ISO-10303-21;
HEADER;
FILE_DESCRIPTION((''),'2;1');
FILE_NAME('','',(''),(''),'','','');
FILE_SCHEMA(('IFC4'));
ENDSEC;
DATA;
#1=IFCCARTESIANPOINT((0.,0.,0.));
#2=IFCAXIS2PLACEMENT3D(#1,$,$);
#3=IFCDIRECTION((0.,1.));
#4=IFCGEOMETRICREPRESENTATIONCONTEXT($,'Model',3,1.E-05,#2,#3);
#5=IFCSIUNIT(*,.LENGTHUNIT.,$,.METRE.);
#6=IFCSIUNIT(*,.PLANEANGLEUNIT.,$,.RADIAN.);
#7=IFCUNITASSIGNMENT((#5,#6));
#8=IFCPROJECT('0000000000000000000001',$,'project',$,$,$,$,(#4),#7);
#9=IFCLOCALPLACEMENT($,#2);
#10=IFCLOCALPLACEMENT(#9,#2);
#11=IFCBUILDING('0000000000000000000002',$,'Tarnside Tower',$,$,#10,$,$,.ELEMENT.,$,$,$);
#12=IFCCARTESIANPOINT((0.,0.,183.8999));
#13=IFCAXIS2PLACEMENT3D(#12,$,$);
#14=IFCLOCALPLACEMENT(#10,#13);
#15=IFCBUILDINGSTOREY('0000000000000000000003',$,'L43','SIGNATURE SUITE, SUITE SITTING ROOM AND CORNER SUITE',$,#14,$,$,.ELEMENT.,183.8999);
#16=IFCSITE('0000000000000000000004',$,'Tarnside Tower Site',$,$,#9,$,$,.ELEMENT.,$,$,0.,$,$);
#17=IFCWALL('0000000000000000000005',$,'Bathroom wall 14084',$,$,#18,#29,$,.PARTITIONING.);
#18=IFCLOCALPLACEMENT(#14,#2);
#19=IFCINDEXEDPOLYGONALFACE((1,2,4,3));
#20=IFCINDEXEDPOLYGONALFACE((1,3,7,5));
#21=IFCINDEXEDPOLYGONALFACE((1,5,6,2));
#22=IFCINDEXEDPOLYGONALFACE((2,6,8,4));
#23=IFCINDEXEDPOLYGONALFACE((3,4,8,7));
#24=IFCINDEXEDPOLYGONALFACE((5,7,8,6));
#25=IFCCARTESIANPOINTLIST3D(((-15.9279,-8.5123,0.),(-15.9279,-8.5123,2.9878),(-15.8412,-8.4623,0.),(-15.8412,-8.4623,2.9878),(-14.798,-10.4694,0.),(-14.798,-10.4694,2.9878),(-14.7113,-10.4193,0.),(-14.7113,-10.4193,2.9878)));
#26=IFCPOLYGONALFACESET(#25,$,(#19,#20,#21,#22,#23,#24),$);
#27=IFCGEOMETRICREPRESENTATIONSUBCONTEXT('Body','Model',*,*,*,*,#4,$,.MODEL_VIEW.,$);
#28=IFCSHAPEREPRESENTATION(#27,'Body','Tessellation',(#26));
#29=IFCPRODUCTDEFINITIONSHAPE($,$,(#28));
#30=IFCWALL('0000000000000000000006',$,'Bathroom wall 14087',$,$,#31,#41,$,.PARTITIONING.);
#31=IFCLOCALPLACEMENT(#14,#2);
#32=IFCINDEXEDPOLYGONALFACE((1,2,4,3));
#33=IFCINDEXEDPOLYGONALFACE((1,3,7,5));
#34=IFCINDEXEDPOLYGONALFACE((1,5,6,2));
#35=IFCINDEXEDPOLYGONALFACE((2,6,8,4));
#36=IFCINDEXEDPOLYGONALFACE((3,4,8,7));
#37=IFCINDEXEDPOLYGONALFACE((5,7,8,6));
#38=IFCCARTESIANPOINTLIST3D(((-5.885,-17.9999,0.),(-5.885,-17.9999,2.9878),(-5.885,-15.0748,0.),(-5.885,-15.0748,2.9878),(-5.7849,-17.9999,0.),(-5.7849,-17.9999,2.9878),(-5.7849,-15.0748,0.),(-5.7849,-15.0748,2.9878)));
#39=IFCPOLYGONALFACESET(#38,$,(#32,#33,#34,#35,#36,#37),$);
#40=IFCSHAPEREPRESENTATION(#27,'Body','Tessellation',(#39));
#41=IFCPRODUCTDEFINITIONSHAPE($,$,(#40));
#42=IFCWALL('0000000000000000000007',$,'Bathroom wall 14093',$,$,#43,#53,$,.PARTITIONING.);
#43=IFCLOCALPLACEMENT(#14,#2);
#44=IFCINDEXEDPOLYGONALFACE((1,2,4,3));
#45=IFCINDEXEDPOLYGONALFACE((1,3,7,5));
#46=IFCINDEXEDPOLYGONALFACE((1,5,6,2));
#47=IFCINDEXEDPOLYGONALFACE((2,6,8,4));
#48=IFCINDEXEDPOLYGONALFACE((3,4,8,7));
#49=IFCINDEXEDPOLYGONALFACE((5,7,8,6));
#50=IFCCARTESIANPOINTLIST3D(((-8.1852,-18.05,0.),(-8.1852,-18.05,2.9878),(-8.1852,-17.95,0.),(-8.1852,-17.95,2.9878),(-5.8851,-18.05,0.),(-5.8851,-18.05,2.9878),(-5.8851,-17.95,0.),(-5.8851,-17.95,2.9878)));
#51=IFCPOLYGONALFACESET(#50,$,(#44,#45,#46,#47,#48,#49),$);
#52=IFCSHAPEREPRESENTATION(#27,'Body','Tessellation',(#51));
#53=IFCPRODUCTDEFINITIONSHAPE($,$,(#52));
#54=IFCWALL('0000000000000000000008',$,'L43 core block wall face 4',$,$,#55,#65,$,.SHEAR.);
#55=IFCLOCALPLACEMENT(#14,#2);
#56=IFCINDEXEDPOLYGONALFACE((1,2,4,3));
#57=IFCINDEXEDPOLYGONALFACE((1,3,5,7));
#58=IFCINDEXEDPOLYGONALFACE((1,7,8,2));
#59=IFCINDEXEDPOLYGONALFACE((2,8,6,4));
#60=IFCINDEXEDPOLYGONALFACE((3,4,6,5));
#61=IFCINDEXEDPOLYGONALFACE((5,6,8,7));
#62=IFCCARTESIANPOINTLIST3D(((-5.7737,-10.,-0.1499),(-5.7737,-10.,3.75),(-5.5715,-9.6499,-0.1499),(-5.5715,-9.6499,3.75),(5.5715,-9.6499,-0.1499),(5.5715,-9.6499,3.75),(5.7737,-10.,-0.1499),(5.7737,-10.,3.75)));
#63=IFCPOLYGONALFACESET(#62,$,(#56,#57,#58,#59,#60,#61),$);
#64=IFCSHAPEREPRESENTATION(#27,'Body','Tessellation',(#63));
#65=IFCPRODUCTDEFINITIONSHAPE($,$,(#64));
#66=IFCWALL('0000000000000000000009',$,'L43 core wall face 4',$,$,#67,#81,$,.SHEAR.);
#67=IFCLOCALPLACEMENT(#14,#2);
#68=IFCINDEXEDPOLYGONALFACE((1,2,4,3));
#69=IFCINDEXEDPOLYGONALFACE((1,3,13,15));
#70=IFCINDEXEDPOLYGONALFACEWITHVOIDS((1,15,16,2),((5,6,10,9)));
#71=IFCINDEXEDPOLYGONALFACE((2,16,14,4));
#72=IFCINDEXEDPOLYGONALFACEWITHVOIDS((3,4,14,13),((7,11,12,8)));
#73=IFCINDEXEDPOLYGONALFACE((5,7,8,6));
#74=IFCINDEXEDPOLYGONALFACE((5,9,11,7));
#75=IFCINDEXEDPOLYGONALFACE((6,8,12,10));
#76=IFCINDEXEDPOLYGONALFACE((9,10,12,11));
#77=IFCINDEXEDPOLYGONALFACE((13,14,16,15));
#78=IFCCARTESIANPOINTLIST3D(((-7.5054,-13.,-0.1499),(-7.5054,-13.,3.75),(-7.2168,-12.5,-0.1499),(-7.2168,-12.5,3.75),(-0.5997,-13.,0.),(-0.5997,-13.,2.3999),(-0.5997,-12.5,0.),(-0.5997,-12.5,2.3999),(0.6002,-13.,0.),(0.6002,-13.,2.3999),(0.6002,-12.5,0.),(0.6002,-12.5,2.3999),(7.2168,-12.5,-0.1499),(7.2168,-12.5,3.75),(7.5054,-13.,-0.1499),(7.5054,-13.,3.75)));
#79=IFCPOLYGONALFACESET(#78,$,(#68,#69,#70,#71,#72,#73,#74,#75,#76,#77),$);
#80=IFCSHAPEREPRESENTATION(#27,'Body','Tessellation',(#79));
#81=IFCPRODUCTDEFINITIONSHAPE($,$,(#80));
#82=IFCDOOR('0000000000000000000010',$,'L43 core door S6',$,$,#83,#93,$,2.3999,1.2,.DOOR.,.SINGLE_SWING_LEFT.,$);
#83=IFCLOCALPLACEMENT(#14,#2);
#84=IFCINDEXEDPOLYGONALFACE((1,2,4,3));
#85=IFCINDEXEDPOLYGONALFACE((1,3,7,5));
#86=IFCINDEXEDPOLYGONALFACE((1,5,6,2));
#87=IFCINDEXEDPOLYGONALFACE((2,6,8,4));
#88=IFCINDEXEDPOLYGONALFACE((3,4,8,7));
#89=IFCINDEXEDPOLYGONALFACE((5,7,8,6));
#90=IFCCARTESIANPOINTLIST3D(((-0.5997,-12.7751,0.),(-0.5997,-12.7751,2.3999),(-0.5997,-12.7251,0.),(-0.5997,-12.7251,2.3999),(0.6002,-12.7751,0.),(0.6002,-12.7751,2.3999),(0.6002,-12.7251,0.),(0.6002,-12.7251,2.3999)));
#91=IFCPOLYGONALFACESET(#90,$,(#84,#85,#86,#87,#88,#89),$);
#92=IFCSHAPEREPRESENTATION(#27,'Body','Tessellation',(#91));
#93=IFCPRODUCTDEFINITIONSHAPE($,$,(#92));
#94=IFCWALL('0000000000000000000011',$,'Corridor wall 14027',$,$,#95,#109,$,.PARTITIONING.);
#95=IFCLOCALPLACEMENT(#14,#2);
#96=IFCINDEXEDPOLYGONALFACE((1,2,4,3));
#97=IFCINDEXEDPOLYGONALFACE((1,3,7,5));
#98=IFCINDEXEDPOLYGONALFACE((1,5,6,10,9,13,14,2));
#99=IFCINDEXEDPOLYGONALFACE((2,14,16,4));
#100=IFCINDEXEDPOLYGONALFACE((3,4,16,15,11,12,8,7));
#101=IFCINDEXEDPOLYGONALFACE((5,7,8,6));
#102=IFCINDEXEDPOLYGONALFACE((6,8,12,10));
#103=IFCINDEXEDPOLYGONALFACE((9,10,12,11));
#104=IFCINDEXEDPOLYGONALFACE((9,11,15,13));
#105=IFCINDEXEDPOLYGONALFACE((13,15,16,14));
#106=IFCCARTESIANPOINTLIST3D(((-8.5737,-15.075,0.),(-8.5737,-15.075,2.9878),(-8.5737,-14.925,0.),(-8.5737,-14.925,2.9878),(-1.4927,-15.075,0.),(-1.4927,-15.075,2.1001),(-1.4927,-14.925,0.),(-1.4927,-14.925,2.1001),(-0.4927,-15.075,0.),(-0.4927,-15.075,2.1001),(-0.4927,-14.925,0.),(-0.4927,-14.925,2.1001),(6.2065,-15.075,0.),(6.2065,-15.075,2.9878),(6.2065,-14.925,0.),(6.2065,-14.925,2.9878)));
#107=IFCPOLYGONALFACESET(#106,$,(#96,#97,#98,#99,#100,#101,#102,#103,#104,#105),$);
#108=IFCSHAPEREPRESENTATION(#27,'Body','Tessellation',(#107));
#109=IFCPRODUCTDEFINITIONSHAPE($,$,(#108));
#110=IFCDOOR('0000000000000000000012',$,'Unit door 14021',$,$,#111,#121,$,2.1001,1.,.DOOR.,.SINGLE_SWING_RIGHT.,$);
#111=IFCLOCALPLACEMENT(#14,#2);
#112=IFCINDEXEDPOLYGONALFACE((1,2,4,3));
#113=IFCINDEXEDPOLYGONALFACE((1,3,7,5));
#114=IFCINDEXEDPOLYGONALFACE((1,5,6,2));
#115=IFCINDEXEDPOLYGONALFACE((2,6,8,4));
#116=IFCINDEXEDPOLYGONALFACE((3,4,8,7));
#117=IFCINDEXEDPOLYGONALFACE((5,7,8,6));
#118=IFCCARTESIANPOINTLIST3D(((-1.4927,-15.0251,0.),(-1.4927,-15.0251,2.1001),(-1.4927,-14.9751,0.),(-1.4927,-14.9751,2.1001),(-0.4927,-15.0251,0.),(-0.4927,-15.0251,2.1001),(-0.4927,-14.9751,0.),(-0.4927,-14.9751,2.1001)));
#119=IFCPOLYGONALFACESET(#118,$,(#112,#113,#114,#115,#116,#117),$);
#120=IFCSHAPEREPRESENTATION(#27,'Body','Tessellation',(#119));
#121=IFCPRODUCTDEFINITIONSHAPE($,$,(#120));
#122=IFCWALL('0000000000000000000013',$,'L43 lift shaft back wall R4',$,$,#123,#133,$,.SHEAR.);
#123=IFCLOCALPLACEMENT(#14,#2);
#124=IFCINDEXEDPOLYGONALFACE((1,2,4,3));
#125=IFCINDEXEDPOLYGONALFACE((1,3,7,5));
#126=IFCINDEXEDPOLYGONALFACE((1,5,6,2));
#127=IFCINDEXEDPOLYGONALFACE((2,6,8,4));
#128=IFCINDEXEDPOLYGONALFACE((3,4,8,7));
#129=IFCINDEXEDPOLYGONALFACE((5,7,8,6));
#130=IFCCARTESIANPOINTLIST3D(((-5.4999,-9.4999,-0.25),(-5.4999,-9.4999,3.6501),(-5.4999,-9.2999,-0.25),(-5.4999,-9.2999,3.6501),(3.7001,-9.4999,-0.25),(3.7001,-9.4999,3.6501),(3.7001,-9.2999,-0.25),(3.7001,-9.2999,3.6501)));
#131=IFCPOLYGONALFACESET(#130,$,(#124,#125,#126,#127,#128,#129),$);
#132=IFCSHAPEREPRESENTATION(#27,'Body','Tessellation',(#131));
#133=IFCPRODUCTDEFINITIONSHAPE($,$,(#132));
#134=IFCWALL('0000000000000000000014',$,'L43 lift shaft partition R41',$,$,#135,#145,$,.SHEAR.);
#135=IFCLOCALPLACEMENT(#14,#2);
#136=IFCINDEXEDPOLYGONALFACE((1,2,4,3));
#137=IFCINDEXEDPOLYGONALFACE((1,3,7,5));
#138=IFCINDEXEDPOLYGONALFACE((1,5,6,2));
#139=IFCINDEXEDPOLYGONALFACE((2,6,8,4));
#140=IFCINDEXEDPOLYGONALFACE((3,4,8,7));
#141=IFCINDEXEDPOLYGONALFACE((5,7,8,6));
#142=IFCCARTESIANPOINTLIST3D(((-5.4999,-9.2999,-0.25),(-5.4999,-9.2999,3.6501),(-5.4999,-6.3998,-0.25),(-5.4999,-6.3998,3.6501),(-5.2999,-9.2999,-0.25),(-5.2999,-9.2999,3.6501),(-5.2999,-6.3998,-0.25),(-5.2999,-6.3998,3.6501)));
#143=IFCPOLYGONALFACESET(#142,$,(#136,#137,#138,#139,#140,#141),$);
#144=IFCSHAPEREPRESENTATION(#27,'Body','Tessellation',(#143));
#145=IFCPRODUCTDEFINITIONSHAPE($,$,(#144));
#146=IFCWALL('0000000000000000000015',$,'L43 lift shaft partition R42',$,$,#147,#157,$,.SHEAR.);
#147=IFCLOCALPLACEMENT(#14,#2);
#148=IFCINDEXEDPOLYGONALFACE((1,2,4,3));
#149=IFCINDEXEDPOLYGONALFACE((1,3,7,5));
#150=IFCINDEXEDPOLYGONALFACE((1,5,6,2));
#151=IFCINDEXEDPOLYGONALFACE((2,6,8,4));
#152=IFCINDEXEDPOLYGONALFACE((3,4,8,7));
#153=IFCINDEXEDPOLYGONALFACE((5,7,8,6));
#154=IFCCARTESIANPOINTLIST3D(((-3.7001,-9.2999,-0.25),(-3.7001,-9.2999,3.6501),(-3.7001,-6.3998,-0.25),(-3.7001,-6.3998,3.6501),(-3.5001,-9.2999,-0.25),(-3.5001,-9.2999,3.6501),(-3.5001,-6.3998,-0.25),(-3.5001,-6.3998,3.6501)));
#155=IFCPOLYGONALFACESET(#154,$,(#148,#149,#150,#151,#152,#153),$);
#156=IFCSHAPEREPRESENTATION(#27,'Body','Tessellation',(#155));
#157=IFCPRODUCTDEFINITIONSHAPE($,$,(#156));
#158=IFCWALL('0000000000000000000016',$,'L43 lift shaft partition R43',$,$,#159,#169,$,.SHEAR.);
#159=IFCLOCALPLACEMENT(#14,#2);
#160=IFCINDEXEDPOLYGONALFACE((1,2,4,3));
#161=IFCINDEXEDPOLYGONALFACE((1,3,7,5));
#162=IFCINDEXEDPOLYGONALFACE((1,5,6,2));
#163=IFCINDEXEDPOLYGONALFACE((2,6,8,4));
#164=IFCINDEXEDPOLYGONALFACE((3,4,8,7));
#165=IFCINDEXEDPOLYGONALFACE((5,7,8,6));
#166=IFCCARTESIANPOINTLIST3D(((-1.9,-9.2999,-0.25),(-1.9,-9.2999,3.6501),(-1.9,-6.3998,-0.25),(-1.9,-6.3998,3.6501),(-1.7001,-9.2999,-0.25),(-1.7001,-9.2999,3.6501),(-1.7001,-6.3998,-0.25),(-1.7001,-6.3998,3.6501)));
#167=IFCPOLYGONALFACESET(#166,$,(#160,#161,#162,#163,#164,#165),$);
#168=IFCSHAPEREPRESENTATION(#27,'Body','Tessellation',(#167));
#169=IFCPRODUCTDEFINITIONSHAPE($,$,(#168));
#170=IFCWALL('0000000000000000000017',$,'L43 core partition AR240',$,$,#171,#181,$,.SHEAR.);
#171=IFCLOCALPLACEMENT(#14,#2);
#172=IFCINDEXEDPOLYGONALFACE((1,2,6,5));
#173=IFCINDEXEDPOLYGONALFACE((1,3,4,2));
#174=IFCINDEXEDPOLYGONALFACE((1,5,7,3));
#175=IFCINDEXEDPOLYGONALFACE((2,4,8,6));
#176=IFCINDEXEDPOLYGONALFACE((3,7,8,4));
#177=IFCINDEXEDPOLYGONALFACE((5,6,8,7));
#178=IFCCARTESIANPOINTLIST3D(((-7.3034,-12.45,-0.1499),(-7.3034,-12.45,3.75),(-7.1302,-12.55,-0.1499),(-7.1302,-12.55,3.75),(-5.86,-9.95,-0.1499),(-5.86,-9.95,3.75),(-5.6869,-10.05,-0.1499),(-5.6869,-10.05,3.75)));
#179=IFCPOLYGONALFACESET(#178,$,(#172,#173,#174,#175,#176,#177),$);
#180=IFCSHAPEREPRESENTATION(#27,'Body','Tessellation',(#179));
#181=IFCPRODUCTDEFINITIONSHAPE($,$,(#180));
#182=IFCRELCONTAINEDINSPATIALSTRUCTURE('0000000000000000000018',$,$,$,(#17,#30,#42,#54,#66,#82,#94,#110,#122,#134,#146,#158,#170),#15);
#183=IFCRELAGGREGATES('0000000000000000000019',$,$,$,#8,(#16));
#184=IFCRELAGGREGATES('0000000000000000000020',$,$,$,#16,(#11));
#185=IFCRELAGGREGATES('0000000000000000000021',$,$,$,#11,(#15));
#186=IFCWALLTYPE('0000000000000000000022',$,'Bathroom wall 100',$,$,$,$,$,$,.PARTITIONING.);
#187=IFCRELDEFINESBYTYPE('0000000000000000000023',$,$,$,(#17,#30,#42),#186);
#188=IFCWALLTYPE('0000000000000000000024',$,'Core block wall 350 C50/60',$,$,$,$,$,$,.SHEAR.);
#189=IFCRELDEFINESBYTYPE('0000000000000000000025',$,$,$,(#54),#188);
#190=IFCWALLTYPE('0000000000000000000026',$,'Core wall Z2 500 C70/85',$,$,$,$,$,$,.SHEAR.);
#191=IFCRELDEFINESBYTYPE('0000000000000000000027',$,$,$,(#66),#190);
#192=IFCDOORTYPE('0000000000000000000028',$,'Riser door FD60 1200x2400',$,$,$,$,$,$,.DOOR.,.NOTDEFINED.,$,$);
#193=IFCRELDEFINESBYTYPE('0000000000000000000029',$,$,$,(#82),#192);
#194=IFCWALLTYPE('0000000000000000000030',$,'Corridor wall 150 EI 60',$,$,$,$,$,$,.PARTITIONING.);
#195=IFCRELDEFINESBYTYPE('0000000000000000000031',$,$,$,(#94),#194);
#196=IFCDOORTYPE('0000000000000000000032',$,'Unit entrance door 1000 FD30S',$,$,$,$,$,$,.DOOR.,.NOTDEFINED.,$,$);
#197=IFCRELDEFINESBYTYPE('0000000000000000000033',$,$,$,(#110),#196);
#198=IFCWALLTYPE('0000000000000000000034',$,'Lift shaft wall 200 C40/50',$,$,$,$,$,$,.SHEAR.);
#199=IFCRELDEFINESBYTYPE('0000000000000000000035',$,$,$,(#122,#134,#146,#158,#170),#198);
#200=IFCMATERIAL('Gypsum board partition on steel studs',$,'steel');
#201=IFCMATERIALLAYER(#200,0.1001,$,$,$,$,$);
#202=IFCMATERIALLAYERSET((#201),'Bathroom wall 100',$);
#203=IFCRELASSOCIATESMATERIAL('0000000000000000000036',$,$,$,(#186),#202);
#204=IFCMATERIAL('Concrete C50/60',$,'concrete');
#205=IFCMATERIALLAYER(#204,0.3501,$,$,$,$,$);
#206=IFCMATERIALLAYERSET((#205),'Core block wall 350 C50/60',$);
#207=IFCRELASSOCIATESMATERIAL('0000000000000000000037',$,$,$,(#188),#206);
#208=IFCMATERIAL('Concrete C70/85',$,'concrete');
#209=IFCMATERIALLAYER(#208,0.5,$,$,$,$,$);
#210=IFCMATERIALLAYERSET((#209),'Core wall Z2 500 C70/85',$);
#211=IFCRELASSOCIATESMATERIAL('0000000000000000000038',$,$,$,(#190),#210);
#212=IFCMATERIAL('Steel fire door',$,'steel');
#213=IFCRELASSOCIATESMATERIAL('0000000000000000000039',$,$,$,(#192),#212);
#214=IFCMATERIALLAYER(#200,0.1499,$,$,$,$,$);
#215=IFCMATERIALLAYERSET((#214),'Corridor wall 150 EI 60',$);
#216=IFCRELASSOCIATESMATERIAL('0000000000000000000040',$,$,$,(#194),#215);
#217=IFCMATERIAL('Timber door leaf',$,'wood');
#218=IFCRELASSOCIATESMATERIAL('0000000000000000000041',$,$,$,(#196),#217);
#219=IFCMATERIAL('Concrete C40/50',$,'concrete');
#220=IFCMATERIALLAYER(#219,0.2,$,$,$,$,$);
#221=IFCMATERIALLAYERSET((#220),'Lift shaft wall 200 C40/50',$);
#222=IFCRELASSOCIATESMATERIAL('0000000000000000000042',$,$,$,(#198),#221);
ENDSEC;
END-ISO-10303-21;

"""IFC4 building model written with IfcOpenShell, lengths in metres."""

from ifc_helpers import new_model, si_unit, direction, frame, frame_2d, origin, place, context, subcontext, project, spatial, polyline, rectangle, outline, extrude, material, layer, layer_set, type_object, element, fill, save


model = new_model("IFC4")

# Units and contexts
model_context = context("Model", 3, precision=1e-05, world=origin(), true_north=direction((0.0, 1.0)))
body_context = subcontext(model_context, "Body", "Model", "MODEL_VIEW")
ifc_project = project(units=[si_unit("LENGTHUNIT", "METRE"), si_unit("PLANEANGLEUNIT", "RADIAN")], contexts=[model_context])

# Site, building, storey
site_placement = place(None, origin())
site = spatial("IfcSite", under=ifc_project, at=site_placement, Name="Tarnside Tower Site", CompositionType="ELEMENT", RefElevation=0.0)
building_placement = place(site_placement, origin())
building = spatial("IfcBuilding", under=site, at=building_placement, Name="Tarnside Tower", CompositionType="ELEMENT")
storey_placement = place(building_placement, frame((0.0, 0.0, 183.8999)))
storey = spatial("IfcBuildingStorey", under=building, at=storey_placement, Name="L43", Description="SIGNATURE SUITE, SUITE SITTING ROOM AND CORNER SUITE", CompositionType="ELEMENT", Elevation=183.8999)

# Walls
ifc_material_1 = material(Name="Gypsum board partition on steel studs", Category="steel")
ifc_layer_1 = layer(ifc_material_1, 0.1001)
ifc_layer_set_1 = layer_set([ifc_layer_1], Name="Bathroom wall 100")
wall_type_1 = type_object("IfcWallType", Name="Bathroom wall 100", PredefinedType="PARTITIONING", material=ifc_layer_set_1)
wall_1_placement = place(storey_placement, frame((-14.7546, -10.4443, 0.0), z_axis=(0.0, 0.0, 1.0), x_axis=(-0.499997, 0.866027, 0.0)))
element("IfcWall", 1, at=wall_1_placement, inside=storey, type_object=wall_type_1, Name="Bathroom wall 14084", PredefinedType="PARTITIONING", context=body_context, shape_type="SweptSolid", body=[
    extrude(rectangle(XDim=2.2598, YDim=0.1001, at=frame_2d((1.1299, 0.0))), origin(), (0.0, 0.0, 1.0), 2.9878),
])
wall_2_placement = place(storey_placement, frame((-5.835, -15.075, 0.0), z_axis=(0.0, 0.0, 1.0), x_axis=(0.0, -1.0, 0.0)))
element("IfcWall", 2, at=wall_2_placement, inside=storey, type_object=wall_type_1, Name="Bathroom wall 14087", PredefinedType="PARTITIONING", context=body_context, shape_type="SweptSolid", body=[
    extrude(rectangle(XDim=2.925, YDim=0.1001, at=frame_2d((1.4624, 0.0))), origin(), (0.0, 0.0, 1.0), 2.9878),
])
wall_3_placement = place(storey_placement, frame((-8.1851, -18.0, 0.0), z_axis=(0.0, 0.0, 1.0), x_axis=(1.0, 0.0, 0.0)))
element("IfcWall", 3, at=wall_3_placement, inside=storey, type_object=wall_type_1, Name="Bathroom wall 14093", PredefinedType="PARTITIONING", context=body_context, shape_type="SweptSolid", body=[
    extrude(rectangle(XDim=2.3, YDim=0.1001, at=frame_2d((1.1499, 0.0))), origin(), (0.0, 0.0, 1.0), 2.9878),
])
ifc_material_2 = material(Name="Concrete C50/60", Category="concrete")
ifc_layer_2 = layer(ifc_material_2, 0.3501)
ifc_layer_set_2 = layer_set([ifc_layer_2], Name="Core block wall 350 C50/60")
wall_type_2 = type_object("IfcWallType", Name="Core block wall 350 C50/60", PredefinedType="SHEAR", material=ifc_layer_set_2)
wall_4_placement = place(storey_placement, frame((-5.6726, -9.825, -0.1499), z_axis=(0.0, 0.0, 1.0), x_axis=(1.0, 0.0, 0.0)))
element("IfcWall", 4, at=wall_4_placement, inside=storey, type_object=wall_type_2, Name="L43 core block wall face 4", PredefinedType="SHEAR", context=body_context, shape_type="SweptSolid", body=[
    extrude(outline(polyline([(-0.1011, -0.175), (11.4463, -0.175), (11.2441, 0.175), (0.1011, 0.175), (-0.1011, -0.175)])), origin(), (0.0, 0.0, 1.0), 3.8999),
])

# Walls, openings, doors
ifc_material_3 = material(Name="Concrete C70/85", Category="concrete")
ifc_layer_3 = layer(ifc_material_3, 0.5)
ifc_layer_set_3 = layer_set([ifc_layer_3], Name="Core wall Z2 500 C70/85")
wall_type_3 = type_object("IfcWallType", Name="Core wall Z2 500 C70/85", PredefinedType="SHEAR", material=ifc_layer_set_3)
wall_5_placement = place(storey_placement, frame((-7.3611, -12.75, -0.1499), z_axis=(0.0, 0.0, 1.0), x_axis=(1.0, 0.0, 0.0)))
wall_5 = element("IfcWall", 5, at=wall_5_placement, inside=storey, type_object=wall_type_3, Name="L43 core wall face 4", PredefinedType="SHEAR", context=body_context, shape_type="SweptSolid", body=[
    extrude(outline(polyline([(-0.1443, -0.25), (14.8665, -0.25), (14.5779, 0.25), (0.1443, 0.25), (-0.1443, -0.25)])), origin(), (0.0, 0.0, 1.0), 3.8999),
])
opening_1_placement = place(wall_5_placement, frame((6.7612, 0.0, 0.1499)))
opening_1 = element("IfcOpeningElement", 6, at=opening_1_placement, cuts=wall_5, PredefinedType="OPENING", context=body_context, shape_type="SweptSolid", body=[
    extrude(rectangle(XDim=1.2, YDim=2.3999, at=frame_2d((0.6001, 1.2))), frame((0.0, 0.26, 0.0), z_axis=(0.0, -1.0, 0.0), x_axis=(1.0, 0.0, 0.0)), (0.0, 0.0, 1.0), 0.52),
])
ifc_material_4 = material(Name="Steel fire door", Category="steel")
door_type_1 = type_object("IfcDoorType", Name="Riser door FD60 1200x2400", OperationType="NOTDEFINED", PredefinedType="DOOR", material=ifc_material_4)
door_1_placement = place(opening_1_placement, origin())
door_1 = element("IfcDoor", 7, at=door_1_placement, inside=storey, type_object=door_type_1, Name="L43 core door S6", OperationType="SINGLE_SWING_LEFT", OverallHeight=2.3999, OverallWidth=1.2, PredefinedType="DOOR", context=body_context, shape_type="SweptSolid", body=[
    extrude(rectangle(XDim=1.2, YDim=2.3999, at=frame_2d((0.6001, 1.2))), frame((0.0, 0.0249, 0.0), z_axis=(0.0, -1.0, 0.0), x_axis=(1.0, 0.0, 0.0)), (0.0, 0.0, 1.0), 0.05),
])
fill(opening_1, door_1)
ifc_layer_4 = layer(ifc_material_1, 0.1499)
ifc_layer_set_4 = layer_set([ifc_layer_4], Name="Corridor wall 150 EI 60")
wall_type_4 = type_object("IfcWallType", Name="Corridor wall 150 EI 60", PredefinedType="PARTITIONING", material=ifc_layer_set_4)
wall_6_placement = place(storey_placement, frame((-8.5737, -15.0, 0.0), z_axis=(0.0, 0.0, 1.0), x_axis=(1.0, 0.0, 0.0)))
wall_6 = element("IfcWall", 8, at=wall_6_placement, inside=storey, type_object=wall_type_4, Name="Corridor wall 14027", PredefinedType="PARTITIONING", context=body_context, shape_type="SweptSolid", body=[
    extrude(rectangle(XDim=14.7803, YDim=0.1499, at=frame_2d((7.3901, 0.0))), origin(), (0.0, 0.0, 1.0), 2.9878),
])
opening_2_placement = place(wall_6_placement, frame((7.0811, 0.0, 0.0)))
opening_2 = element("IfcOpeningElement", 9, at=opening_2_placement, cuts=wall_6, PredefinedType="OPENING", context=body_context, shape_type="SweptSolid", body=[
    extrude(rectangle(XDim=1.0, YDim=2.1001, at=frame_2d((0.5, 1.05))), frame((0.0, 0.085, 0.0), z_axis=(0.0, -1.0, 0.0), x_axis=(1.0, 0.0, 0.0)), (0.0, 0.0, 1.0), 0.1699),
])
ifc_material_5 = material(Name="Timber door leaf", Category="wood")
door_type_2 = type_object("IfcDoorType", Name="Unit entrance door 1000 FD30S", OperationType="NOTDEFINED", PredefinedType="DOOR", material=ifc_material_5)
door_2_placement = place(opening_2_placement, origin())
door_2 = element("IfcDoor", 10, at=door_2_placement, inside=storey, type_object=door_type_2, Name="Unit door 14021", OperationType="SINGLE_SWING_RIGHT", OverallHeight=2.1001, OverallWidth=1.0, PredefinedType="DOOR", context=body_context, shape_type="SweptSolid", body=[
    extrude(rectangle(XDim=1.0, YDim=2.1001, at=frame_2d((0.5, 1.05))), frame((0.0, 0.0249, 0.0), z_axis=(0.0, -1.0, 0.0), x_axis=(1.0, 0.0, 0.0)), (0.0, 0.0, 1.0), 0.05),
])
fill(opening_2, door_2)

# Walls
ifc_material_6 = material(Name="Concrete C40/50", Category="concrete")
ifc_layer_5 = layer(ifc_material_6, 0.2)
ifc_layer_set_5 = layer_set([ifc_layer_5], Name="Lift shaft wall 200 C40/50")
wall_type_5 = type_object("IfcWallType", Name="Lift shaft wall 200 C40/50", PredefinedType="SHEAR", material=ifc_layer_set_5)
wall_7_placement = place(storey_placement, frame((-5.5, -9.3999, -0.25), z_axis=(0.0, 0.0, 1.0), x_axis=(1.0, 0.0, 0.0)))
element("IfcWall", 11, at=wall_7_placement, inside=storey, type_object=wall_type_5, Name="L43 lift shaft back wall R4", PredefinedType="SHEAR", context=body_context, shape_type="SweptSolid", body=[
    extrude(rectangle(XDim=9.2, YDim=0.2, at=frame_2d((4.6001, 0.0))), origin(), (0.0, 0.0, 1.0), 3.9001),
])
for number, where, z_axis, x_axis, name in (
    (12, (-5.3999, -9.3, -0.25), (0.0, 0.0, 1.0), (0.0, 1.0, 0.0), "L43 lift shaft partition R41"),
    (13, (-3.6001, -9.3, -0.25), (0.0, 0.0, 1.0), (0.0, 1.0, 0.0), "L43 lift shaft partition R42"),
    (14, (-1.8, -9.3, -0.25), (0.0, 0.0, 1.0), (0.0, 1.0, 0.0), "L43 lift shaft partition R43"),
):
    element("IfcWall", number, at=place(storey_placement, frame(where, z_axis=z_axis, x_axis=x_axis)), inside=storey, type_object=wall_type_5, Name=name, PredefinedType="SHEAR", context=body_context, shape_type="SweptSolid", body=[
        extrude(rectangle(XDim=2.9001, YDim=0.2, at=frame_2d((1.4502, 0.0))), origin(), (0.0, 0.0, 1.0), 3.9001),
    ])
wall_8_placement = place(storey_placement, frame((-5.7734, -10.0, -0.1499), z_axis=(0.0, 0.0, 1.0), x_axis=(-0.499996, -0.866028, 0.0)))
element("IfcWall", 15, at=wall_8_placement, inside=storey, type_object=wall_type_5, Name="L43 core partition AR240", PredefinedType="SHEAR", context=body_context, shape_type="SweptSolid", body=[
    extrude(rectangle(XDim=2.8867, YDim=0.2, at=frame_2d((1.4434, 0.0))), origin(), (0.0, 0.0, 1.0), 3.8999),
])

save(model, "model.ifc")
